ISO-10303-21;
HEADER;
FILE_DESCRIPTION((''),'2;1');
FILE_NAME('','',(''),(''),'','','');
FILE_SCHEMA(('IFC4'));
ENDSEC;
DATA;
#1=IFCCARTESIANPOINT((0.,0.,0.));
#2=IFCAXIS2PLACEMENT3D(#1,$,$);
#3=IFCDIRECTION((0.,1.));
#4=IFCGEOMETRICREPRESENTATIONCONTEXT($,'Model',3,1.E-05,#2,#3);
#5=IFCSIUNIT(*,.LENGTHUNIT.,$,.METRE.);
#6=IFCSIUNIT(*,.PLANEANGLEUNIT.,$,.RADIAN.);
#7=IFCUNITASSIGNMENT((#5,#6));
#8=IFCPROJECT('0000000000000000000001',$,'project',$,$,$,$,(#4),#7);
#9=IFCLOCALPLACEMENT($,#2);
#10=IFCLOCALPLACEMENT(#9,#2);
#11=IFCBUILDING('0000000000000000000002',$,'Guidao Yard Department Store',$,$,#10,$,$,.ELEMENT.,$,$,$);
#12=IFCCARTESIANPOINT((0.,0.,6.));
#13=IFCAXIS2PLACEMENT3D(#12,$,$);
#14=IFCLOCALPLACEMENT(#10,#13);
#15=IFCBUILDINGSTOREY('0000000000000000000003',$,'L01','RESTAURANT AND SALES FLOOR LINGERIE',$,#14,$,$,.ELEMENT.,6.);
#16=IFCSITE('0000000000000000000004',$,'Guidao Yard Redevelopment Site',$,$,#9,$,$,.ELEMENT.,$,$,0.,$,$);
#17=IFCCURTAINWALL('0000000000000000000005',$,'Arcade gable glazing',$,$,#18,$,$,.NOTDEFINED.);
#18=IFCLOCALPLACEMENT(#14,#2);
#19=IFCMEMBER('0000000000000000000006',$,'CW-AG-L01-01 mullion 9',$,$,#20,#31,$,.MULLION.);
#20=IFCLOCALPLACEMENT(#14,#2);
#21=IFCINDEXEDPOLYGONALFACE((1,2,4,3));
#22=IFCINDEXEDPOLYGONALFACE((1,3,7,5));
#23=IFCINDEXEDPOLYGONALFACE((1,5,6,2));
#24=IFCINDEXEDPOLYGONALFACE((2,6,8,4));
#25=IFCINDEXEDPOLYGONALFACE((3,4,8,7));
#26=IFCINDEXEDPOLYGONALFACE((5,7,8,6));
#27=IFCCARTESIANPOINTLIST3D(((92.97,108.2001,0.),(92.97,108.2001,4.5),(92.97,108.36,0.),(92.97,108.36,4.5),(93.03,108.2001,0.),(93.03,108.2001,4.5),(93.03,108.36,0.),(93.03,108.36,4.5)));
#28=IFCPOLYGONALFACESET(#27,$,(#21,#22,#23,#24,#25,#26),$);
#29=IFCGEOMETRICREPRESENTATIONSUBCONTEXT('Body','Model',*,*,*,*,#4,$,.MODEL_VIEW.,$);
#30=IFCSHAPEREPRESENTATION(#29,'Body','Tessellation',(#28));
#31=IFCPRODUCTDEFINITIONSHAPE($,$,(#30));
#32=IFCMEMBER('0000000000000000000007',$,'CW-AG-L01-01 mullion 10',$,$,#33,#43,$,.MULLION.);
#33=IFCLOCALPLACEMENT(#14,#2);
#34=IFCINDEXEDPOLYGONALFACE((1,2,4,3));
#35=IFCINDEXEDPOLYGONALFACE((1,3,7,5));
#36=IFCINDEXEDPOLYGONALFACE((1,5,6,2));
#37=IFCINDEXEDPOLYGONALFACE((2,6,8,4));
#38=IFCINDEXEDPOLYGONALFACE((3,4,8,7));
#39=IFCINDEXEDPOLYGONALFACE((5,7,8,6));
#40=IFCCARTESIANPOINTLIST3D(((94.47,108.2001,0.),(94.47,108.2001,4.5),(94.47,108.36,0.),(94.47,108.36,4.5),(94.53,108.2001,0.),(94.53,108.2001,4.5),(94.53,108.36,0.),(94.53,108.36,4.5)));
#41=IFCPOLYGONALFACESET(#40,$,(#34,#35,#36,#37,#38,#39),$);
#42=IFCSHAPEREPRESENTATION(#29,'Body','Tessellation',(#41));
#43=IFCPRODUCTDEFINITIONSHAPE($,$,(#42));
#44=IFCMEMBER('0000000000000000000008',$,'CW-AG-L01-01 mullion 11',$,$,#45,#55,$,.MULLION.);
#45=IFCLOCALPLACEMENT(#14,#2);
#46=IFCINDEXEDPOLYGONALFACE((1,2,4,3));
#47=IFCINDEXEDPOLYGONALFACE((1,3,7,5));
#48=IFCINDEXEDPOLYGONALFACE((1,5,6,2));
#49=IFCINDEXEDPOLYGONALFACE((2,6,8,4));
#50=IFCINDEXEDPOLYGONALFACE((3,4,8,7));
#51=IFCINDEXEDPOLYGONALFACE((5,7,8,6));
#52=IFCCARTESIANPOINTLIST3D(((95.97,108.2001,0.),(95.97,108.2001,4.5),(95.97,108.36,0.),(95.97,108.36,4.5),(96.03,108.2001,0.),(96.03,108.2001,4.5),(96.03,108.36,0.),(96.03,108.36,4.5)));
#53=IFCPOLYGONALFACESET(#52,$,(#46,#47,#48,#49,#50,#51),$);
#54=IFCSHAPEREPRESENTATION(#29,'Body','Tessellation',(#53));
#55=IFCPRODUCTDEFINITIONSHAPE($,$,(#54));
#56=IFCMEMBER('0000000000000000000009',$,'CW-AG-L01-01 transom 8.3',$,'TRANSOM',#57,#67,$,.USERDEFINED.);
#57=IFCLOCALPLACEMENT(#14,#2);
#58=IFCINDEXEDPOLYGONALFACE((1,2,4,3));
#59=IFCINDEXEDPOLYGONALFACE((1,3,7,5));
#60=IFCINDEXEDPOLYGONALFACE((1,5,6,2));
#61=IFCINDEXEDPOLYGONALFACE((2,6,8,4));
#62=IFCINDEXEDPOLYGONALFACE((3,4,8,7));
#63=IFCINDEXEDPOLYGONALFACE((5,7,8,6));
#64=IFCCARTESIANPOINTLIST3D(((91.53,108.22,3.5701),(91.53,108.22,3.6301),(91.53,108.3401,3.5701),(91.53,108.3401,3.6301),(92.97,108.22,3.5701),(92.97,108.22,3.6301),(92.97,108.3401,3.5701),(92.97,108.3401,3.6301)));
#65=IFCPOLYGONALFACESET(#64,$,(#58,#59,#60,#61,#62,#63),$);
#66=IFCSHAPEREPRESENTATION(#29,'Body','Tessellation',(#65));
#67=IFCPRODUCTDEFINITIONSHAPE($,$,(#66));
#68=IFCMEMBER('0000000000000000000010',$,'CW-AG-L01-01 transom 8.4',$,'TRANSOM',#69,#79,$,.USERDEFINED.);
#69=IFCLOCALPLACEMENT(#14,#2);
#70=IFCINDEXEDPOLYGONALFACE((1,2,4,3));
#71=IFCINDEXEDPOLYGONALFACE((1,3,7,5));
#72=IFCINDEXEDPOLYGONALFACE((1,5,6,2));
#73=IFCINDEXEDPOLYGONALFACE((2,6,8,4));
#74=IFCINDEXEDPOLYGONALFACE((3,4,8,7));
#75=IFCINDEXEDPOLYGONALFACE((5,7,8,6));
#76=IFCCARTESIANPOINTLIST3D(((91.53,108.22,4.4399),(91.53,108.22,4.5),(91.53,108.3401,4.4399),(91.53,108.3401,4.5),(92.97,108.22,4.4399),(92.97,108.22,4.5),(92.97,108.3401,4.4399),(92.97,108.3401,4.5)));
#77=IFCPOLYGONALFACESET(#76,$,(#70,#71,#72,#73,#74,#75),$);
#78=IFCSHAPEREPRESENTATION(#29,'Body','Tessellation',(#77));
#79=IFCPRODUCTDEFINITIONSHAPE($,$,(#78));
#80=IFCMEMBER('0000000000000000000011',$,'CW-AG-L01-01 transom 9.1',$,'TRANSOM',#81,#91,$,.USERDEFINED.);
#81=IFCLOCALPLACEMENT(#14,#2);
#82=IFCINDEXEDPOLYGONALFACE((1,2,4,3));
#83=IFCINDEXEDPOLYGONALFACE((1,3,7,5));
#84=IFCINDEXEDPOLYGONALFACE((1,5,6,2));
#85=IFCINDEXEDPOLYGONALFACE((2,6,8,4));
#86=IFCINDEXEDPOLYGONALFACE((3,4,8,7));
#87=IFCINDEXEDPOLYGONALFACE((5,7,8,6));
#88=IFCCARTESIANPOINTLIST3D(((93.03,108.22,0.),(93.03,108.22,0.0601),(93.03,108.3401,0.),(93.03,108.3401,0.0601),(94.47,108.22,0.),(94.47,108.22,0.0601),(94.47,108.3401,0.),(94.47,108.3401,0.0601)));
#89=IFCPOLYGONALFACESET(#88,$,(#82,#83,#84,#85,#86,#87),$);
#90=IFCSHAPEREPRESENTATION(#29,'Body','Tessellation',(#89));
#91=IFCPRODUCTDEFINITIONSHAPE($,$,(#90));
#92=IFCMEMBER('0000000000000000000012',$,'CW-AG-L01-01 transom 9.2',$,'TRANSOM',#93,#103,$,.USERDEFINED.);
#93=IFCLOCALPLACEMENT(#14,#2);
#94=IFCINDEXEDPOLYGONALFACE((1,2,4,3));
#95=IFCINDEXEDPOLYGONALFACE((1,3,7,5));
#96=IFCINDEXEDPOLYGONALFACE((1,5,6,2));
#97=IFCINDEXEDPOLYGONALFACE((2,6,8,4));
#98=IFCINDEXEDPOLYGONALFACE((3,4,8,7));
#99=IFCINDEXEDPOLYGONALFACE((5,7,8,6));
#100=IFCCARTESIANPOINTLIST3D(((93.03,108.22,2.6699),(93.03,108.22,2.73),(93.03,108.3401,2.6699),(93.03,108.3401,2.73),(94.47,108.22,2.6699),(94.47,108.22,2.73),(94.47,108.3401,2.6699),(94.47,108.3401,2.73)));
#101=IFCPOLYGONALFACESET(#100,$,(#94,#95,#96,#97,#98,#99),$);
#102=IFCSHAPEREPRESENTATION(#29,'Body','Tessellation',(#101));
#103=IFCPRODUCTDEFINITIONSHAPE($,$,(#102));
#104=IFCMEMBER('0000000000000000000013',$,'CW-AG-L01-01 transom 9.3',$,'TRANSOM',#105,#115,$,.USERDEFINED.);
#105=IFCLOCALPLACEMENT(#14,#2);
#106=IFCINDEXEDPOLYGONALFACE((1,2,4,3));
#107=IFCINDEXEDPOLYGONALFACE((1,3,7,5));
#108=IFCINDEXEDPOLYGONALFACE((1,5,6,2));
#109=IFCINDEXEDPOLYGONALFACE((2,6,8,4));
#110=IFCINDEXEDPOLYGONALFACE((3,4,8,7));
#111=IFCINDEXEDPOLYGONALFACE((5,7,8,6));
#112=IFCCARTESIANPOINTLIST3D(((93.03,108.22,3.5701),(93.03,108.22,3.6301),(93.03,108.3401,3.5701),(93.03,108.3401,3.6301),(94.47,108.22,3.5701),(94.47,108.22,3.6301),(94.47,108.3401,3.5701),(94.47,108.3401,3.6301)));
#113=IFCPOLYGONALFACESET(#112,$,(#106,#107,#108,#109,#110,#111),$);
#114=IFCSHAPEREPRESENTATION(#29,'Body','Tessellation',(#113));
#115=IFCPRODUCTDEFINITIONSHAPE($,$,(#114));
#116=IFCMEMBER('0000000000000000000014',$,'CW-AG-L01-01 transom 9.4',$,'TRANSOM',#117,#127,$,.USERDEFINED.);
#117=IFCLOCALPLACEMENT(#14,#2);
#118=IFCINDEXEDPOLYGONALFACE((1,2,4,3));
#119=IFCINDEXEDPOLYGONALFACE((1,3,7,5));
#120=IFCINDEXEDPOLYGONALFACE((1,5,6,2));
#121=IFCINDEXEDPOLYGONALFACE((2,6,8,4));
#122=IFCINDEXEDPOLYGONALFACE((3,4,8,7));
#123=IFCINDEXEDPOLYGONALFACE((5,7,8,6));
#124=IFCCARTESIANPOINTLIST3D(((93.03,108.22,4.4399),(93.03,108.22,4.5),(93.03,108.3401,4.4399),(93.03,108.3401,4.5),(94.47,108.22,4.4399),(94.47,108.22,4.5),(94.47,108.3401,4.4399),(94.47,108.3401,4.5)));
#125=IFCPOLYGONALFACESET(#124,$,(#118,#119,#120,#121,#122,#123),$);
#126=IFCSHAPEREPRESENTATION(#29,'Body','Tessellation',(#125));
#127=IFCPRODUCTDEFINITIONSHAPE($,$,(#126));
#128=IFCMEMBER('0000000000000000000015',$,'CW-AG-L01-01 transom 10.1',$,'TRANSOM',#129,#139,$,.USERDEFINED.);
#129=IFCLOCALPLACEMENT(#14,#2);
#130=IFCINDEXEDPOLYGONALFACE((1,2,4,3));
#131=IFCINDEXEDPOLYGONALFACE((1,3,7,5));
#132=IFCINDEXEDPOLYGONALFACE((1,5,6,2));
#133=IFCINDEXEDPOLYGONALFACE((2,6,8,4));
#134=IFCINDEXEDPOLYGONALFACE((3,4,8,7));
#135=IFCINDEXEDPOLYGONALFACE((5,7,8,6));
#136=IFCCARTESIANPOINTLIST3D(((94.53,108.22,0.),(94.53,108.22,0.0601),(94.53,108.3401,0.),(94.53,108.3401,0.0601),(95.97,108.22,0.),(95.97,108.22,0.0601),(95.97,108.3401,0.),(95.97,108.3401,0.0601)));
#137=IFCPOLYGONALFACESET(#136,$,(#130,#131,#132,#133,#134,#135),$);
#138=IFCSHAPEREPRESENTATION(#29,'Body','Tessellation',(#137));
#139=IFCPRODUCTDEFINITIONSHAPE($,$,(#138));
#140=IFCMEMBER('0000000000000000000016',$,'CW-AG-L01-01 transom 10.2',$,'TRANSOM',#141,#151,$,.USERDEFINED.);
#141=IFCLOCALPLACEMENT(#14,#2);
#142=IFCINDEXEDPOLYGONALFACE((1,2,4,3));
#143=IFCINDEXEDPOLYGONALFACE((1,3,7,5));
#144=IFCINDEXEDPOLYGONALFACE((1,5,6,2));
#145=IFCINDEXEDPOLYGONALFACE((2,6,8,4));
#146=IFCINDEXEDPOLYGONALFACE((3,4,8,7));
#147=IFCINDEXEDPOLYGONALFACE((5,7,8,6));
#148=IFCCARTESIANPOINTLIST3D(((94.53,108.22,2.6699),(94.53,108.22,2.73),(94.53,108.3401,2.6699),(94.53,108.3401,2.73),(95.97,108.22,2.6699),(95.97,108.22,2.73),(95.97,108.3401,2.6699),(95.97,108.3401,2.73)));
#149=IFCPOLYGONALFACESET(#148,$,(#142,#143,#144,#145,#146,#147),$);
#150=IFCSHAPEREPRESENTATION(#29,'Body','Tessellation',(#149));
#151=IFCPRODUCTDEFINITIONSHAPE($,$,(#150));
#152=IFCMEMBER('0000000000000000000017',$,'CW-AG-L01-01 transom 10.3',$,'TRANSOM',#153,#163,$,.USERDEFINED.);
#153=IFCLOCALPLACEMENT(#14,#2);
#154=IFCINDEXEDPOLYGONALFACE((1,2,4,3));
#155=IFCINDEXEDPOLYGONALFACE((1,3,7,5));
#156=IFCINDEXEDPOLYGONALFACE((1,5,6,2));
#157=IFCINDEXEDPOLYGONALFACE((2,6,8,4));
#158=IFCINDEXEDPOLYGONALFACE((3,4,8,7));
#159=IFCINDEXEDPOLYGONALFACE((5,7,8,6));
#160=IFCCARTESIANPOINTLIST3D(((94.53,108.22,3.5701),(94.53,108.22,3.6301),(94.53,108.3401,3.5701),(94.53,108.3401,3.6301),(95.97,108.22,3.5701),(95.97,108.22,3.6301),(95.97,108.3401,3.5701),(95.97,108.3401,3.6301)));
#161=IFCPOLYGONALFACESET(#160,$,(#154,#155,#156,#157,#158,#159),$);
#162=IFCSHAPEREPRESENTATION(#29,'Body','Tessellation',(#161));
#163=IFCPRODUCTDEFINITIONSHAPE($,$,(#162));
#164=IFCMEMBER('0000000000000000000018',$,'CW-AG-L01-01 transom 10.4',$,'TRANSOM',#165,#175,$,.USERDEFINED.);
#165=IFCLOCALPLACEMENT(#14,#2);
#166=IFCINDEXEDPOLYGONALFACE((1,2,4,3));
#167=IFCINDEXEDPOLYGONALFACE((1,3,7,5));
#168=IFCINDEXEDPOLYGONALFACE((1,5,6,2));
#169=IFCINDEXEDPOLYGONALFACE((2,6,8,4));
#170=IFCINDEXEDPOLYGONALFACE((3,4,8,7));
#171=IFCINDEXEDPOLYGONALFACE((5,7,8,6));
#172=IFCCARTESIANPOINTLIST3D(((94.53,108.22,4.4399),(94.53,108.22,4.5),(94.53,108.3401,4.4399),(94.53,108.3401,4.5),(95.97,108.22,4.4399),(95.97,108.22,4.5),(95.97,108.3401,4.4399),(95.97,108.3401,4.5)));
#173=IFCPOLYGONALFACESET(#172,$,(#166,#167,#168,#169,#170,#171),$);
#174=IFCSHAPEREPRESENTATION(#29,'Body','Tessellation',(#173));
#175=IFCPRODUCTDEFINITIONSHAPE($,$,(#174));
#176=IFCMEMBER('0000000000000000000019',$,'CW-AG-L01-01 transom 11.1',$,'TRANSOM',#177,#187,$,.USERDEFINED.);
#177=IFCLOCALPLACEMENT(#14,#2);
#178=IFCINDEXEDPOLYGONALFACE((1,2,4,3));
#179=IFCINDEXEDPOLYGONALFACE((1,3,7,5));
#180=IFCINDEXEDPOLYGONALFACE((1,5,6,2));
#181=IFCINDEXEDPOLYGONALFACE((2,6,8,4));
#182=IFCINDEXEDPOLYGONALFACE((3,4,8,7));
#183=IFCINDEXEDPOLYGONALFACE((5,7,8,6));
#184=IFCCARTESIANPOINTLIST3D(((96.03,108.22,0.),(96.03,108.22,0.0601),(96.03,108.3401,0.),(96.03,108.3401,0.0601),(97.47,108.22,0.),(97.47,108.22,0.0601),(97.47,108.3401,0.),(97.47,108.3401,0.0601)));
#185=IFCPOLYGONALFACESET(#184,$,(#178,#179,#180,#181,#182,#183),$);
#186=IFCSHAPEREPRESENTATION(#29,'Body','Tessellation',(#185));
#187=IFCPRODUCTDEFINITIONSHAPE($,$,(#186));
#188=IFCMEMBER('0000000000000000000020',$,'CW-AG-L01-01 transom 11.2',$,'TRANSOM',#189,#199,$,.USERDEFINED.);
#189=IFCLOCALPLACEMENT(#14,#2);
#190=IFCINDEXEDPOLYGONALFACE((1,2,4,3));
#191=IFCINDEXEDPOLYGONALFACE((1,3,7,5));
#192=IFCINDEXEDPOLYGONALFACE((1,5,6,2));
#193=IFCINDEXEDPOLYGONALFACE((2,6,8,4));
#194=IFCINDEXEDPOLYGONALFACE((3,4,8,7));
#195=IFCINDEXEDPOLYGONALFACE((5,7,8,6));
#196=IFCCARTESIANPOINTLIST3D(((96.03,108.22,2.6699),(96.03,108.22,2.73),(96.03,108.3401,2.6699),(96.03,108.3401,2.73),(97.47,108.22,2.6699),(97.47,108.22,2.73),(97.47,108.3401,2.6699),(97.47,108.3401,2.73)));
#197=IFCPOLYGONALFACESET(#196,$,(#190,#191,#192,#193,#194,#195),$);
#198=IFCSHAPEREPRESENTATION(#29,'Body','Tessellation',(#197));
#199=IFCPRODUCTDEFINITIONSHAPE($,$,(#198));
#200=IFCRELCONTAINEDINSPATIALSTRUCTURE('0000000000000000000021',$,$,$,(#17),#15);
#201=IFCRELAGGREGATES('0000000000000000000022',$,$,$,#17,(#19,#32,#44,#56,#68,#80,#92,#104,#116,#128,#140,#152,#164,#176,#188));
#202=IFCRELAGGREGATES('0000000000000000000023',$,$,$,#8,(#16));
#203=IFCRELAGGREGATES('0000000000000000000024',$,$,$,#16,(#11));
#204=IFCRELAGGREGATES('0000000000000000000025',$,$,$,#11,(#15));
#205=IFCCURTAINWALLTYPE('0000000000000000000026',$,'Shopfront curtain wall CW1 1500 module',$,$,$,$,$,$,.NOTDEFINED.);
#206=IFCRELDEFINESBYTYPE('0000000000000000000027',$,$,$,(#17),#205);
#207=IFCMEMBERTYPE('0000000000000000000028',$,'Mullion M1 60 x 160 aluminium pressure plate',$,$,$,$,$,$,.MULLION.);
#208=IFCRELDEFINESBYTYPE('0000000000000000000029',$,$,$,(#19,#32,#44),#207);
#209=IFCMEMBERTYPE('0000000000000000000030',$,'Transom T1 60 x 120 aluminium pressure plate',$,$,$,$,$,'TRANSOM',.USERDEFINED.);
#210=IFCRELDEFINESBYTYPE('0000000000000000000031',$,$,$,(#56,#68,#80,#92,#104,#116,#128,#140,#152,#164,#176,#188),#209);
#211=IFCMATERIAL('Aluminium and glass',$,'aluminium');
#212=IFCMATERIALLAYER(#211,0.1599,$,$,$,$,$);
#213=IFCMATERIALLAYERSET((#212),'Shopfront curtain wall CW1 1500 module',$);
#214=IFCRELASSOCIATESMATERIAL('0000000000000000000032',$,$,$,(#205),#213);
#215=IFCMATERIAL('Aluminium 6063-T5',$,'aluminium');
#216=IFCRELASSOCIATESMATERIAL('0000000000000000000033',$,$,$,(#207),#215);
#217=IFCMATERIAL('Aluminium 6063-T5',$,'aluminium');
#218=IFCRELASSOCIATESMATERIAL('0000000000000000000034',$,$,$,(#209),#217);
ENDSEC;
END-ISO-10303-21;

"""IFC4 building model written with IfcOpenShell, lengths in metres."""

from ifc_helpers import new_model, si_unit, direction, frame, origin, origin_2d, place, context, subcontext, project, spatial, rectangle, extrude, material, layer, layer_set, material_profile, profile_set, type_object, element, aggregate, save


model = new_model("IFC4")

# Units and contexts
model_context = context("Model", 3, precision=1e-05, world=origin(), true_north=direction((0.0, 1.0)))
body_context = subcontext(model_context, "Body", "Model", "MODEL_VIEW")
ifc_project = project(units=[si_unit("LENGTHUNIT", "METRE"), si_unit("PLANEANGLEUNIT", "RADIAN")], contexts=[model_context])

# Site, building, storey
site_placement = place(None, origin())
site = spatial("IfcSite", under=ifc_project, at=site_placement, Name="Guidao Yard Redevelopment Site", CompositionType="ELEMENT", RefElevation=0.0)
building_placement = place(site_placement, origin())
building = spatial("IfcBuilding", under=site, at=building_placement, Name="Guidao Yard Department Store", CompositionType="ELEMENT")
storey_placement = place(building_placement, frame((0.0, 0.0, 6.0)))
storey = spatial("IfcBuildingStorey", under=building, at=storey_placement, Name="L01", Description="RESTAURANT AND SALES FLOOR LINGERIE", CompositionType="ELEMENT", Elevation=6.0)

# Curtain wall, members
ifc_material_1 = material(Name="Aluminium and glass", Category="aluminium")
ifc_layer_1 = layer(ifc_material_1, 0.1599)
ifc_layer_set_1 = layer_set([ifc_layer_1], Name="Shopfront curtain wall CW1 1500 module")
curtain_wall_type = type_object("IfcCurtainWallType", Name="Shopfront curtain wall CW1 1500 module", PredefinedType="NOTDEFINED", material=ifc_layer_set_1)
curtain_wall_placement = place(storey_placement, origin())
curtain_wall = element("IfcCurtainWall", 1, at=curtain_wall_placement, inside=storey, type_object=curtain_wall_type, Name="Arcade gable glazing", PredefinedType="NOTDEFINED")
ifc_material_2 = material(Name="Aluminium 6063-T5", Category="aluminium")
ifc_material_profile_1 = material_profile(ifc_material_2, rectangle(XDim=0.0601, YDim=0.1599, at=origin_2d()), Name="Mullion M1 60 x 160 aluminium pressure plate")
ifc_profile_set_1 = profile_set([ifc_material_profile_1], Name="Aluminium 6063-T5")
member_type_1 = type_object("IfcMemberType", Name="Mullion M1 60 x 160 aluminium pressure plate", PredefinedType="MULLION", material=ifc_profile_set_1)
member_1_placement = place(storey_placement, frame((93.0, 108.28, 0.0), z_axis=(0.0, 0.0, 1.0), x_axis=(1.0, 0.0, 0.0)))
member_1 = element("IfcMember", 2, at=member_1_placement, type_object=member_type_1, Name="CW-AG-L01-01 mullion 9", PredefinedType="MULLION", context=body_context, shape_type="SweptSolid", body=[
    extrude(rectangle(XDim=0.0601, YDim=0.1599, at=origin_2d()), origin(), (0.0, 0.0, 1.0), 4.5),
])
member_2_placement = place(storey_placement, frame((94.5, 108.28, 0.0), z_axis=(0.0, 0.0, 1.0), x_axis=(1.0, 0.0, 0.0)))
member_2 = element("IfcMember", 3, at=member_2_placement, type_object=member_type_1, Name="CW-AG-L01-01 mullion 10", PredefinedType="MULLION", context=body_context, shape_type="SweptSolid", body=[
    extrude(rectangle(XDim=0.0601, YDim=0.1599, at=origin_2d()), origin(), (0.0, 0.0, 1.0), 4.5),
])
member_3_placement = place(storey_placement, frame((96.0, 108.28, 0.0), z_axis=(0.0, 0.0, 1.0), x_axis=(1.0, 0.0, 0.0)))
member_3 = element("IfcMember", 4, at=member_3_placement, type_object=member_type_1, Name="CW-AG-L01-01 mullion 11", PredefinedType="MULLION", context=body_context, shape_type="SweptSolid", body=[
    extrude(rectangle(XDim=0.0601, YDim=0.1599, at=origin_2d()), origin(), (0.0, 0.0, 1.0), 4.5),
])
ifc_material_3 = material(Name="Aluminium 6063-T5", Category="aluminium")
ifc_material_profile_2 = material_profile(ifc_material_3, rectangle(XDim=0.1201, YDim=0.0601, at=origin_2d()), Name="Transom T1 60 x 120 aluminium pressure plate")
ifc_profile_set_2 = profile_set([ifc_material_profile_2], Name="Aluminium 6063-T5")
member_type_2 = type_object("IfcMemberType", Name="Transom T1 60 x 120 aluminium pressure plate", ElementType="TRANSOM", PredefinedType="USERDEFINED", material=ifc_profile_set_2)
member_4_placement = place(storey_placement, frame((91.53, 108.28, 3.6001), z_axis=(1.0, 0.0, 0.0), x_axis=(0.0, 1.0, 0.0)))
member_4 = element("IfcMember", 5, at=member_4_placement, type_object=member_type_2, Name="CW-AG-L01-01 transom 8.3", ObjectType="TRANSOM", PredefinedType="USERDEFINED", context=body_context, shape_type="SweptSolid", body=[
    extrude(rectangle(XDim=0.1201, YDim=0.0601, at=origin_2d()), origin(), (0.0, 0.0, 1.0), 1.4399),
])
member_5_placement = place(storey_placement, frame((91.53, 108.28, 4.47), z_axis=(1.0, 0.0, 0.0), x_axis=(0.0, 1.0, 0.0)))
member_5 = element("IfcMember", 6, at=member_5_placement, type_object=member_type_2, Name="CW-AG-L01-01 transom 8.4", ObjectType="TRANSOM", PredefinedType="USERDEFINED", context=body_context, shape_type="SweptSolid", body=[
    extrude(rectangle(XDim=0.1201, YDim=0.0601, at=origin_2d()), origin(), (0.0, 0.0, 1.0), 1.4399),
])
member_6_placement = place(storey_placement, frame((93.03, 108.28, 0.03), z_axis=(1.0, 0.0, 0.0), x_axis=(0.0, 1.0, 0.0)))
member_6 = element("IfcMember", 7, at=member_6_placement, type_object=member_type_2, Name="CW-AG-L01-01 transom 9.1", ObjectType="TRANSOM", PredefinedType="USERDEFINED", context=body_context, shape_type="SweptSolid", body=[
    extrude(rectangle(XDim=0.1201, YDim=0.0601, at=origin_2d()), origin(), (0.0, 0.0, 1.0), 1.4399),
])
member_7_placement = place(storey_placement, frame((93.03, 108.28, 2.7), z_axis=(1.0, 0.0, 0.0), x_axis=(0.0, 1.0, 0.0)))
member_7 = element("IfcMember", 8, at=member_7_placement, type_object=member_type_2, Name="CW-AG-L01-01 transom 9.2", ObjectType="TRANSOM", PredefinedType="USERDEFINED", context=body_context, shape_type="SweptSolid", body=[
    extrude(rectangle(XDim=0.1201, YDim=0.0601, at=origin_2d()), origin(), (0.0, 0.0, 1.0), 1.4399),
])
member_8_placement = place(storey_placement, frame((93.03, 108.28, 3.6001), z_axis=(1.0, 0.0, 0.0), x_axis=(0.0, 1.0, 0.0)))
member_8 = element("IfcMember", 9, at=member_8_placement, type_object=member_type_2, Name="CW-AG-L01-01 transom 9.3", ObjectType="TRANSOM", PredefinedType="USERDEFINED", context=body_context, shape_type="SweptSolid", body=[
    extrude(rectangle(XDim=0.1201, YDim=0.0601, at=origin_2d()), origin(), (0.0, 0.0, 1.0), 1.4399),
])
member_9_placement = place(storey_placement, frame((93.03, 108.28, 4.47), z_axis=(1.0, 0.0, 0.0), x_axis=(0.0, 1.0, 0.0)))
member_9 = element("IfcMember", 10, at=member_9_placement, type_object=member_type_2, Name="CW-AG-L01-01 transom 9.4", ObjectType="TRANSOM", PredefinedType="USERDEFINED", context=body_context, shape_type="SweptSolid", body=[
    extrude(rectangle(XDim=0.1201, YDim=0.0601, at=origin_2d()), origin(), (0.0, 0.0, 1.0), 1.4399),
])
member_10_placement = place(storey_placement, frame((94.53, 108.28, 0.03), z_axis=(1.0, 0.0, 0.0), x_axis=(0.0, 1.0, 0.0)))
member_10 = element("IfcMember", 11, at=member_10_placement, type_object=member_type_2, Name="CW-AG-L01-01 transom 10.1", ObjectType="TRANSOM", PredefinedType="USERDEFINED", context=body_context, shape_type="SweptSolid", body=[
    extrude(rectangle(XDim=0.1201, YDim=0.0601, at=origin_2d()), origin(), (0.0, 0.0, 1.0), 1.4399),
])
member_11_placement = place(storey_placement, frame((94.53, 108.28, 2.7), z_axis=(1.0, 0.0, 0.0), x_axis=(0.0, 1.0, 0.0)))
member_11 = element("IfcMember", 12, at=member_11_placement, type_object=member_type_2, Name="CW-AG-L01-01 transom 10.2", ObjectType="TRANSOM", PredefinedType="USERDEFINED", context=body_context, shape_type="SweptSolid", body=[
    extrude(rectangle(XDim=0.1201, YDim=0.0601, at=origin_2d()), origin(), (0.0, 0.0, 1.0), 1.4399),
])
member_12_placement = place(storey_placement, frame((94.53, 108.28, 3.6001), z_axis=(1.0, 0.0, 0.0), x_axis=(0.0, 1.0, 0.0)))
member_12 = element("IfcMember", 13, at=member_12_placement, type_object=member_type_2, Name="CW-AG-L01-01 transom 10.3", ObjectType="TRANSOM", PredefinedType="USERDEFINED", context=body_context, shape_type="SweptSolid", body=[
    extrude(rectangle(XDim=0.1201, YDim=0.0601, at=origin_2d()), origin(), (0.0, 0.0, 1.0), 1.4399),
])
member_13_placement = place(storey_placement, frame((94.53, 108.28, 4.47), z_axis=(1.0, 0.0, 0.0), x_axis=(0.0, 1.0, 0.0)))
member_13 = element("IfcMember", 14, at=member_13_placement, type_object=member_type_2, Name="CW-AG-L01-01 transom 10.4", ObjectType="TRANSOM", PredefinedType="USERDEFINED", context=body_context, shape_type="SweptSolid", body=[
    extrude(rectangle(XDim=0.1201, YDim=0.0601, at=origin_2d()), origin(), (0.0, 0.0, 1.0), 1.4399),
])
member_14_placement = place(storey_placement, frame((96.03, 108.28, 0.03), z_axis=(1.0, 0.0, 0.0), x_axis=(0.0, 1.0, 0.0)))
member_14 = element("IfcMember", 15, at=member_14_placement, type_object=member_type_2, Name="CW-AG-L01-01 transom 11.1", ObjectType="TRANSOM", PredefinedType="USERDEFINED", context=body_context, shape_type="SweptSolid", body=[
    extrude(rectangle(XDim=0.1201, YDim=0.0601, at=origin_2d()), origin(), (0.0, 0.0, 1.0), 1.4399),
])
member_15_placement = place(storey_placement, frame((96.03, 108.28, 2.7), z_axis=(1.0, 0.0, 0.0), x_axis=(0.0, 1.0, 0.0)))
member_15 = element("IfcMember", 16, at=member_15_placement, type_object=member_type_2, Name="CW-AG-L01-01 transom 11.2", ObjectType="TRANSOM", PredefinedType="USERDEFINED", context=body_context, shape_type="SweptSolid", body=[
    extrude(rectangle(XDim=0.1201, YDim=0.0601, at=origin_2d()), origin(), (0.0, 0.0, 1.0), 1.4399),
])
aggregate(curtain_wall, [member_1, member_2, member_3, member_4, member_5, member_6, member_7, member_8, member_9, member_10, member_11, member_12, member_13, member_14, member_15])

save(model, "model.ifc")
